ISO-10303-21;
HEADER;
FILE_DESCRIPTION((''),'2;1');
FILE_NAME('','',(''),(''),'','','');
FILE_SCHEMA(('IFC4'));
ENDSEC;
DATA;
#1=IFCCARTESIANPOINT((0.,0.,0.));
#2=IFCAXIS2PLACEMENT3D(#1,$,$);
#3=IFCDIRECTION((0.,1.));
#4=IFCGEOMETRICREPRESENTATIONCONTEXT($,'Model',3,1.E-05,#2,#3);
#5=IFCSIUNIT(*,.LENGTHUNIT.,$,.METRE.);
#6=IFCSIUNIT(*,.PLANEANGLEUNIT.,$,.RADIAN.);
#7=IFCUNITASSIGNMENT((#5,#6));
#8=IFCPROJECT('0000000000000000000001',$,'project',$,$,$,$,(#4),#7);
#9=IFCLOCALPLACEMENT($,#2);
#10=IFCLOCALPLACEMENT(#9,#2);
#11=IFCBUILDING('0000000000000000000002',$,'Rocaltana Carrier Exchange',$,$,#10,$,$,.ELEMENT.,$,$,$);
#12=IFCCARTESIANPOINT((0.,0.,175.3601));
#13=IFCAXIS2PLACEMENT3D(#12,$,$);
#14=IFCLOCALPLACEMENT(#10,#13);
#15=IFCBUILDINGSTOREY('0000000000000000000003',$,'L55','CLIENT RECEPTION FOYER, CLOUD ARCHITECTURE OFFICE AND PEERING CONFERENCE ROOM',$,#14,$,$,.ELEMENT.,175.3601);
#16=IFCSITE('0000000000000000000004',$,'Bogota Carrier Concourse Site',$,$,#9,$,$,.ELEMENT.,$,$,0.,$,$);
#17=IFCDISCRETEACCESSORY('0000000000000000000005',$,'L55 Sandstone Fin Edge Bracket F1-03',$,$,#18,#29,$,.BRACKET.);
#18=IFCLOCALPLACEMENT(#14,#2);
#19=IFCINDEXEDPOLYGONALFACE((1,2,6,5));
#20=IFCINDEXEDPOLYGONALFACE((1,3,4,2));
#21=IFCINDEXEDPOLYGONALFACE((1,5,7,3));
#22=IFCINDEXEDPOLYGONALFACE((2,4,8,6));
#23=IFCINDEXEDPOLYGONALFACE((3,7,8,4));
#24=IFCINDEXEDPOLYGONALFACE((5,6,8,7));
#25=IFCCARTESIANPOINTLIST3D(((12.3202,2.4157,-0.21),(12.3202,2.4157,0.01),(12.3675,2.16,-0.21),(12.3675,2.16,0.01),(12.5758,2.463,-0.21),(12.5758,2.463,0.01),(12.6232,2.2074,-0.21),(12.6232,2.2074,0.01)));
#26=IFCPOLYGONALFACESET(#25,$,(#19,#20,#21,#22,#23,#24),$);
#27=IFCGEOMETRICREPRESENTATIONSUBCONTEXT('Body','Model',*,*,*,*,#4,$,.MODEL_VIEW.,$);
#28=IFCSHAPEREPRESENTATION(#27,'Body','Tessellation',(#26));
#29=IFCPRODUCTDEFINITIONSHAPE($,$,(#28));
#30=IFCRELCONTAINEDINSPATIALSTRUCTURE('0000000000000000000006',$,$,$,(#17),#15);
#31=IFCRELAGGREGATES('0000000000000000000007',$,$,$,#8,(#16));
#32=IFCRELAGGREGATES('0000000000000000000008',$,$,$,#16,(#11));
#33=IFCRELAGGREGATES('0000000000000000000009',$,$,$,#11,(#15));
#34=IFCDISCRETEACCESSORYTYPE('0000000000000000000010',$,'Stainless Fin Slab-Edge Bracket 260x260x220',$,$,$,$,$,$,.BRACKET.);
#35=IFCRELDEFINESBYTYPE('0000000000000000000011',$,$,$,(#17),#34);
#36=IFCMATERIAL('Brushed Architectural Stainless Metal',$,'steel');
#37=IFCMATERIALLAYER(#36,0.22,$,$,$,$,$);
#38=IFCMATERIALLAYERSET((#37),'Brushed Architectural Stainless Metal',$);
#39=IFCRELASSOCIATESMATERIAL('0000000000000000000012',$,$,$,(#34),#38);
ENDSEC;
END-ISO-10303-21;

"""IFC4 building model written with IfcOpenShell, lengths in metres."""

from ifc_helpers import new_model, si_unit, direction, frame, origin, origin_2d, place, context, subcontext, project, spatial, rectangle, extrude, material, layer, layer_set, type_object, element, save


model = new_model("IFC4")

# Units and contexts
model_context = context("Model", 3, precision=1e-05, world=origin(), true_north=direction((0.0, 1.0)))
body_context = subcontext(model_context, "Body", "Model", "MODEL_VIEW")
ifc_project = project(units=[si_unit("LENGTHUNIT", "METRE"), si_unit("PLANEANGLEUNIT", "RADIAN")], contexts=[model_context])

# Site, building, storey
site_placement = place(None, origin())
site = spatial("IfcSite", under=ifc_project, at=site_placement, Name="Bogota Carrier Concourse Site", CompositionType="ELEMENT", RefElevation=0.0)
building_placement = place(site_placement, origin())
building = spatial("IfcBuilding", under=site, at=building_placement, Name="Rocaltana Carrier Exchange", CompositionType="ELEMENT")
storey_placement = place(building_placement, frame((0.0, 0.0, 175.3601)))
storey = spatial("IfcBuildingStorey", under=building, at=storey_placement, Name="L55", Description="CLIENT RECEPTION FOYER, CLOUD ARCHITECTURE OFFICE AND PEERING CONFERENCE ROOM", CompositionType="ELEMENT", Elevation=175.3601)

# Discrete accessory
ifc_material_1 = material(Name="Brushed Architectural Stainless Metal", Category="steel")
ifc_layer_1 = layer(ifc_material_1, 0.22)
ifc_layer_set_1 = layer_set([ifc_layer_1], Name="Brushed Architectural Stainless Metal")
discrete_accessory_type = type_object("IfcDiscreteAccessoryType", Name="Stainless Fin Slab-Edge Bracket 260x260x220", PredefinedType="BRACKET", material=ifc_layer_set_1)
discrete_accessory_placement = place(storey_placement, frame((12.4717, 2.3115, -0.21), z_axis=(0.0, 0.0, 1.0), x_axis=(-0.182236, 0.983255, 0.0)))
element("IfcDiscreteAccessory", 1, at=discrete_accessory_placement, inside=storey, type_object=discrete_accessory_type, Name="L55 Sandstone Fin Edge Bracket F1-03", PredefinedType="BRACKET", context=body_context, shape_type="SweptSolid", body=[
    extrude(rectangle(XDim=0.26, YDim=0.26, at=origin_2d()), origin(), (0.0, 0.0, 1.0), 0.22),
])

save(model, "model.ifc")
